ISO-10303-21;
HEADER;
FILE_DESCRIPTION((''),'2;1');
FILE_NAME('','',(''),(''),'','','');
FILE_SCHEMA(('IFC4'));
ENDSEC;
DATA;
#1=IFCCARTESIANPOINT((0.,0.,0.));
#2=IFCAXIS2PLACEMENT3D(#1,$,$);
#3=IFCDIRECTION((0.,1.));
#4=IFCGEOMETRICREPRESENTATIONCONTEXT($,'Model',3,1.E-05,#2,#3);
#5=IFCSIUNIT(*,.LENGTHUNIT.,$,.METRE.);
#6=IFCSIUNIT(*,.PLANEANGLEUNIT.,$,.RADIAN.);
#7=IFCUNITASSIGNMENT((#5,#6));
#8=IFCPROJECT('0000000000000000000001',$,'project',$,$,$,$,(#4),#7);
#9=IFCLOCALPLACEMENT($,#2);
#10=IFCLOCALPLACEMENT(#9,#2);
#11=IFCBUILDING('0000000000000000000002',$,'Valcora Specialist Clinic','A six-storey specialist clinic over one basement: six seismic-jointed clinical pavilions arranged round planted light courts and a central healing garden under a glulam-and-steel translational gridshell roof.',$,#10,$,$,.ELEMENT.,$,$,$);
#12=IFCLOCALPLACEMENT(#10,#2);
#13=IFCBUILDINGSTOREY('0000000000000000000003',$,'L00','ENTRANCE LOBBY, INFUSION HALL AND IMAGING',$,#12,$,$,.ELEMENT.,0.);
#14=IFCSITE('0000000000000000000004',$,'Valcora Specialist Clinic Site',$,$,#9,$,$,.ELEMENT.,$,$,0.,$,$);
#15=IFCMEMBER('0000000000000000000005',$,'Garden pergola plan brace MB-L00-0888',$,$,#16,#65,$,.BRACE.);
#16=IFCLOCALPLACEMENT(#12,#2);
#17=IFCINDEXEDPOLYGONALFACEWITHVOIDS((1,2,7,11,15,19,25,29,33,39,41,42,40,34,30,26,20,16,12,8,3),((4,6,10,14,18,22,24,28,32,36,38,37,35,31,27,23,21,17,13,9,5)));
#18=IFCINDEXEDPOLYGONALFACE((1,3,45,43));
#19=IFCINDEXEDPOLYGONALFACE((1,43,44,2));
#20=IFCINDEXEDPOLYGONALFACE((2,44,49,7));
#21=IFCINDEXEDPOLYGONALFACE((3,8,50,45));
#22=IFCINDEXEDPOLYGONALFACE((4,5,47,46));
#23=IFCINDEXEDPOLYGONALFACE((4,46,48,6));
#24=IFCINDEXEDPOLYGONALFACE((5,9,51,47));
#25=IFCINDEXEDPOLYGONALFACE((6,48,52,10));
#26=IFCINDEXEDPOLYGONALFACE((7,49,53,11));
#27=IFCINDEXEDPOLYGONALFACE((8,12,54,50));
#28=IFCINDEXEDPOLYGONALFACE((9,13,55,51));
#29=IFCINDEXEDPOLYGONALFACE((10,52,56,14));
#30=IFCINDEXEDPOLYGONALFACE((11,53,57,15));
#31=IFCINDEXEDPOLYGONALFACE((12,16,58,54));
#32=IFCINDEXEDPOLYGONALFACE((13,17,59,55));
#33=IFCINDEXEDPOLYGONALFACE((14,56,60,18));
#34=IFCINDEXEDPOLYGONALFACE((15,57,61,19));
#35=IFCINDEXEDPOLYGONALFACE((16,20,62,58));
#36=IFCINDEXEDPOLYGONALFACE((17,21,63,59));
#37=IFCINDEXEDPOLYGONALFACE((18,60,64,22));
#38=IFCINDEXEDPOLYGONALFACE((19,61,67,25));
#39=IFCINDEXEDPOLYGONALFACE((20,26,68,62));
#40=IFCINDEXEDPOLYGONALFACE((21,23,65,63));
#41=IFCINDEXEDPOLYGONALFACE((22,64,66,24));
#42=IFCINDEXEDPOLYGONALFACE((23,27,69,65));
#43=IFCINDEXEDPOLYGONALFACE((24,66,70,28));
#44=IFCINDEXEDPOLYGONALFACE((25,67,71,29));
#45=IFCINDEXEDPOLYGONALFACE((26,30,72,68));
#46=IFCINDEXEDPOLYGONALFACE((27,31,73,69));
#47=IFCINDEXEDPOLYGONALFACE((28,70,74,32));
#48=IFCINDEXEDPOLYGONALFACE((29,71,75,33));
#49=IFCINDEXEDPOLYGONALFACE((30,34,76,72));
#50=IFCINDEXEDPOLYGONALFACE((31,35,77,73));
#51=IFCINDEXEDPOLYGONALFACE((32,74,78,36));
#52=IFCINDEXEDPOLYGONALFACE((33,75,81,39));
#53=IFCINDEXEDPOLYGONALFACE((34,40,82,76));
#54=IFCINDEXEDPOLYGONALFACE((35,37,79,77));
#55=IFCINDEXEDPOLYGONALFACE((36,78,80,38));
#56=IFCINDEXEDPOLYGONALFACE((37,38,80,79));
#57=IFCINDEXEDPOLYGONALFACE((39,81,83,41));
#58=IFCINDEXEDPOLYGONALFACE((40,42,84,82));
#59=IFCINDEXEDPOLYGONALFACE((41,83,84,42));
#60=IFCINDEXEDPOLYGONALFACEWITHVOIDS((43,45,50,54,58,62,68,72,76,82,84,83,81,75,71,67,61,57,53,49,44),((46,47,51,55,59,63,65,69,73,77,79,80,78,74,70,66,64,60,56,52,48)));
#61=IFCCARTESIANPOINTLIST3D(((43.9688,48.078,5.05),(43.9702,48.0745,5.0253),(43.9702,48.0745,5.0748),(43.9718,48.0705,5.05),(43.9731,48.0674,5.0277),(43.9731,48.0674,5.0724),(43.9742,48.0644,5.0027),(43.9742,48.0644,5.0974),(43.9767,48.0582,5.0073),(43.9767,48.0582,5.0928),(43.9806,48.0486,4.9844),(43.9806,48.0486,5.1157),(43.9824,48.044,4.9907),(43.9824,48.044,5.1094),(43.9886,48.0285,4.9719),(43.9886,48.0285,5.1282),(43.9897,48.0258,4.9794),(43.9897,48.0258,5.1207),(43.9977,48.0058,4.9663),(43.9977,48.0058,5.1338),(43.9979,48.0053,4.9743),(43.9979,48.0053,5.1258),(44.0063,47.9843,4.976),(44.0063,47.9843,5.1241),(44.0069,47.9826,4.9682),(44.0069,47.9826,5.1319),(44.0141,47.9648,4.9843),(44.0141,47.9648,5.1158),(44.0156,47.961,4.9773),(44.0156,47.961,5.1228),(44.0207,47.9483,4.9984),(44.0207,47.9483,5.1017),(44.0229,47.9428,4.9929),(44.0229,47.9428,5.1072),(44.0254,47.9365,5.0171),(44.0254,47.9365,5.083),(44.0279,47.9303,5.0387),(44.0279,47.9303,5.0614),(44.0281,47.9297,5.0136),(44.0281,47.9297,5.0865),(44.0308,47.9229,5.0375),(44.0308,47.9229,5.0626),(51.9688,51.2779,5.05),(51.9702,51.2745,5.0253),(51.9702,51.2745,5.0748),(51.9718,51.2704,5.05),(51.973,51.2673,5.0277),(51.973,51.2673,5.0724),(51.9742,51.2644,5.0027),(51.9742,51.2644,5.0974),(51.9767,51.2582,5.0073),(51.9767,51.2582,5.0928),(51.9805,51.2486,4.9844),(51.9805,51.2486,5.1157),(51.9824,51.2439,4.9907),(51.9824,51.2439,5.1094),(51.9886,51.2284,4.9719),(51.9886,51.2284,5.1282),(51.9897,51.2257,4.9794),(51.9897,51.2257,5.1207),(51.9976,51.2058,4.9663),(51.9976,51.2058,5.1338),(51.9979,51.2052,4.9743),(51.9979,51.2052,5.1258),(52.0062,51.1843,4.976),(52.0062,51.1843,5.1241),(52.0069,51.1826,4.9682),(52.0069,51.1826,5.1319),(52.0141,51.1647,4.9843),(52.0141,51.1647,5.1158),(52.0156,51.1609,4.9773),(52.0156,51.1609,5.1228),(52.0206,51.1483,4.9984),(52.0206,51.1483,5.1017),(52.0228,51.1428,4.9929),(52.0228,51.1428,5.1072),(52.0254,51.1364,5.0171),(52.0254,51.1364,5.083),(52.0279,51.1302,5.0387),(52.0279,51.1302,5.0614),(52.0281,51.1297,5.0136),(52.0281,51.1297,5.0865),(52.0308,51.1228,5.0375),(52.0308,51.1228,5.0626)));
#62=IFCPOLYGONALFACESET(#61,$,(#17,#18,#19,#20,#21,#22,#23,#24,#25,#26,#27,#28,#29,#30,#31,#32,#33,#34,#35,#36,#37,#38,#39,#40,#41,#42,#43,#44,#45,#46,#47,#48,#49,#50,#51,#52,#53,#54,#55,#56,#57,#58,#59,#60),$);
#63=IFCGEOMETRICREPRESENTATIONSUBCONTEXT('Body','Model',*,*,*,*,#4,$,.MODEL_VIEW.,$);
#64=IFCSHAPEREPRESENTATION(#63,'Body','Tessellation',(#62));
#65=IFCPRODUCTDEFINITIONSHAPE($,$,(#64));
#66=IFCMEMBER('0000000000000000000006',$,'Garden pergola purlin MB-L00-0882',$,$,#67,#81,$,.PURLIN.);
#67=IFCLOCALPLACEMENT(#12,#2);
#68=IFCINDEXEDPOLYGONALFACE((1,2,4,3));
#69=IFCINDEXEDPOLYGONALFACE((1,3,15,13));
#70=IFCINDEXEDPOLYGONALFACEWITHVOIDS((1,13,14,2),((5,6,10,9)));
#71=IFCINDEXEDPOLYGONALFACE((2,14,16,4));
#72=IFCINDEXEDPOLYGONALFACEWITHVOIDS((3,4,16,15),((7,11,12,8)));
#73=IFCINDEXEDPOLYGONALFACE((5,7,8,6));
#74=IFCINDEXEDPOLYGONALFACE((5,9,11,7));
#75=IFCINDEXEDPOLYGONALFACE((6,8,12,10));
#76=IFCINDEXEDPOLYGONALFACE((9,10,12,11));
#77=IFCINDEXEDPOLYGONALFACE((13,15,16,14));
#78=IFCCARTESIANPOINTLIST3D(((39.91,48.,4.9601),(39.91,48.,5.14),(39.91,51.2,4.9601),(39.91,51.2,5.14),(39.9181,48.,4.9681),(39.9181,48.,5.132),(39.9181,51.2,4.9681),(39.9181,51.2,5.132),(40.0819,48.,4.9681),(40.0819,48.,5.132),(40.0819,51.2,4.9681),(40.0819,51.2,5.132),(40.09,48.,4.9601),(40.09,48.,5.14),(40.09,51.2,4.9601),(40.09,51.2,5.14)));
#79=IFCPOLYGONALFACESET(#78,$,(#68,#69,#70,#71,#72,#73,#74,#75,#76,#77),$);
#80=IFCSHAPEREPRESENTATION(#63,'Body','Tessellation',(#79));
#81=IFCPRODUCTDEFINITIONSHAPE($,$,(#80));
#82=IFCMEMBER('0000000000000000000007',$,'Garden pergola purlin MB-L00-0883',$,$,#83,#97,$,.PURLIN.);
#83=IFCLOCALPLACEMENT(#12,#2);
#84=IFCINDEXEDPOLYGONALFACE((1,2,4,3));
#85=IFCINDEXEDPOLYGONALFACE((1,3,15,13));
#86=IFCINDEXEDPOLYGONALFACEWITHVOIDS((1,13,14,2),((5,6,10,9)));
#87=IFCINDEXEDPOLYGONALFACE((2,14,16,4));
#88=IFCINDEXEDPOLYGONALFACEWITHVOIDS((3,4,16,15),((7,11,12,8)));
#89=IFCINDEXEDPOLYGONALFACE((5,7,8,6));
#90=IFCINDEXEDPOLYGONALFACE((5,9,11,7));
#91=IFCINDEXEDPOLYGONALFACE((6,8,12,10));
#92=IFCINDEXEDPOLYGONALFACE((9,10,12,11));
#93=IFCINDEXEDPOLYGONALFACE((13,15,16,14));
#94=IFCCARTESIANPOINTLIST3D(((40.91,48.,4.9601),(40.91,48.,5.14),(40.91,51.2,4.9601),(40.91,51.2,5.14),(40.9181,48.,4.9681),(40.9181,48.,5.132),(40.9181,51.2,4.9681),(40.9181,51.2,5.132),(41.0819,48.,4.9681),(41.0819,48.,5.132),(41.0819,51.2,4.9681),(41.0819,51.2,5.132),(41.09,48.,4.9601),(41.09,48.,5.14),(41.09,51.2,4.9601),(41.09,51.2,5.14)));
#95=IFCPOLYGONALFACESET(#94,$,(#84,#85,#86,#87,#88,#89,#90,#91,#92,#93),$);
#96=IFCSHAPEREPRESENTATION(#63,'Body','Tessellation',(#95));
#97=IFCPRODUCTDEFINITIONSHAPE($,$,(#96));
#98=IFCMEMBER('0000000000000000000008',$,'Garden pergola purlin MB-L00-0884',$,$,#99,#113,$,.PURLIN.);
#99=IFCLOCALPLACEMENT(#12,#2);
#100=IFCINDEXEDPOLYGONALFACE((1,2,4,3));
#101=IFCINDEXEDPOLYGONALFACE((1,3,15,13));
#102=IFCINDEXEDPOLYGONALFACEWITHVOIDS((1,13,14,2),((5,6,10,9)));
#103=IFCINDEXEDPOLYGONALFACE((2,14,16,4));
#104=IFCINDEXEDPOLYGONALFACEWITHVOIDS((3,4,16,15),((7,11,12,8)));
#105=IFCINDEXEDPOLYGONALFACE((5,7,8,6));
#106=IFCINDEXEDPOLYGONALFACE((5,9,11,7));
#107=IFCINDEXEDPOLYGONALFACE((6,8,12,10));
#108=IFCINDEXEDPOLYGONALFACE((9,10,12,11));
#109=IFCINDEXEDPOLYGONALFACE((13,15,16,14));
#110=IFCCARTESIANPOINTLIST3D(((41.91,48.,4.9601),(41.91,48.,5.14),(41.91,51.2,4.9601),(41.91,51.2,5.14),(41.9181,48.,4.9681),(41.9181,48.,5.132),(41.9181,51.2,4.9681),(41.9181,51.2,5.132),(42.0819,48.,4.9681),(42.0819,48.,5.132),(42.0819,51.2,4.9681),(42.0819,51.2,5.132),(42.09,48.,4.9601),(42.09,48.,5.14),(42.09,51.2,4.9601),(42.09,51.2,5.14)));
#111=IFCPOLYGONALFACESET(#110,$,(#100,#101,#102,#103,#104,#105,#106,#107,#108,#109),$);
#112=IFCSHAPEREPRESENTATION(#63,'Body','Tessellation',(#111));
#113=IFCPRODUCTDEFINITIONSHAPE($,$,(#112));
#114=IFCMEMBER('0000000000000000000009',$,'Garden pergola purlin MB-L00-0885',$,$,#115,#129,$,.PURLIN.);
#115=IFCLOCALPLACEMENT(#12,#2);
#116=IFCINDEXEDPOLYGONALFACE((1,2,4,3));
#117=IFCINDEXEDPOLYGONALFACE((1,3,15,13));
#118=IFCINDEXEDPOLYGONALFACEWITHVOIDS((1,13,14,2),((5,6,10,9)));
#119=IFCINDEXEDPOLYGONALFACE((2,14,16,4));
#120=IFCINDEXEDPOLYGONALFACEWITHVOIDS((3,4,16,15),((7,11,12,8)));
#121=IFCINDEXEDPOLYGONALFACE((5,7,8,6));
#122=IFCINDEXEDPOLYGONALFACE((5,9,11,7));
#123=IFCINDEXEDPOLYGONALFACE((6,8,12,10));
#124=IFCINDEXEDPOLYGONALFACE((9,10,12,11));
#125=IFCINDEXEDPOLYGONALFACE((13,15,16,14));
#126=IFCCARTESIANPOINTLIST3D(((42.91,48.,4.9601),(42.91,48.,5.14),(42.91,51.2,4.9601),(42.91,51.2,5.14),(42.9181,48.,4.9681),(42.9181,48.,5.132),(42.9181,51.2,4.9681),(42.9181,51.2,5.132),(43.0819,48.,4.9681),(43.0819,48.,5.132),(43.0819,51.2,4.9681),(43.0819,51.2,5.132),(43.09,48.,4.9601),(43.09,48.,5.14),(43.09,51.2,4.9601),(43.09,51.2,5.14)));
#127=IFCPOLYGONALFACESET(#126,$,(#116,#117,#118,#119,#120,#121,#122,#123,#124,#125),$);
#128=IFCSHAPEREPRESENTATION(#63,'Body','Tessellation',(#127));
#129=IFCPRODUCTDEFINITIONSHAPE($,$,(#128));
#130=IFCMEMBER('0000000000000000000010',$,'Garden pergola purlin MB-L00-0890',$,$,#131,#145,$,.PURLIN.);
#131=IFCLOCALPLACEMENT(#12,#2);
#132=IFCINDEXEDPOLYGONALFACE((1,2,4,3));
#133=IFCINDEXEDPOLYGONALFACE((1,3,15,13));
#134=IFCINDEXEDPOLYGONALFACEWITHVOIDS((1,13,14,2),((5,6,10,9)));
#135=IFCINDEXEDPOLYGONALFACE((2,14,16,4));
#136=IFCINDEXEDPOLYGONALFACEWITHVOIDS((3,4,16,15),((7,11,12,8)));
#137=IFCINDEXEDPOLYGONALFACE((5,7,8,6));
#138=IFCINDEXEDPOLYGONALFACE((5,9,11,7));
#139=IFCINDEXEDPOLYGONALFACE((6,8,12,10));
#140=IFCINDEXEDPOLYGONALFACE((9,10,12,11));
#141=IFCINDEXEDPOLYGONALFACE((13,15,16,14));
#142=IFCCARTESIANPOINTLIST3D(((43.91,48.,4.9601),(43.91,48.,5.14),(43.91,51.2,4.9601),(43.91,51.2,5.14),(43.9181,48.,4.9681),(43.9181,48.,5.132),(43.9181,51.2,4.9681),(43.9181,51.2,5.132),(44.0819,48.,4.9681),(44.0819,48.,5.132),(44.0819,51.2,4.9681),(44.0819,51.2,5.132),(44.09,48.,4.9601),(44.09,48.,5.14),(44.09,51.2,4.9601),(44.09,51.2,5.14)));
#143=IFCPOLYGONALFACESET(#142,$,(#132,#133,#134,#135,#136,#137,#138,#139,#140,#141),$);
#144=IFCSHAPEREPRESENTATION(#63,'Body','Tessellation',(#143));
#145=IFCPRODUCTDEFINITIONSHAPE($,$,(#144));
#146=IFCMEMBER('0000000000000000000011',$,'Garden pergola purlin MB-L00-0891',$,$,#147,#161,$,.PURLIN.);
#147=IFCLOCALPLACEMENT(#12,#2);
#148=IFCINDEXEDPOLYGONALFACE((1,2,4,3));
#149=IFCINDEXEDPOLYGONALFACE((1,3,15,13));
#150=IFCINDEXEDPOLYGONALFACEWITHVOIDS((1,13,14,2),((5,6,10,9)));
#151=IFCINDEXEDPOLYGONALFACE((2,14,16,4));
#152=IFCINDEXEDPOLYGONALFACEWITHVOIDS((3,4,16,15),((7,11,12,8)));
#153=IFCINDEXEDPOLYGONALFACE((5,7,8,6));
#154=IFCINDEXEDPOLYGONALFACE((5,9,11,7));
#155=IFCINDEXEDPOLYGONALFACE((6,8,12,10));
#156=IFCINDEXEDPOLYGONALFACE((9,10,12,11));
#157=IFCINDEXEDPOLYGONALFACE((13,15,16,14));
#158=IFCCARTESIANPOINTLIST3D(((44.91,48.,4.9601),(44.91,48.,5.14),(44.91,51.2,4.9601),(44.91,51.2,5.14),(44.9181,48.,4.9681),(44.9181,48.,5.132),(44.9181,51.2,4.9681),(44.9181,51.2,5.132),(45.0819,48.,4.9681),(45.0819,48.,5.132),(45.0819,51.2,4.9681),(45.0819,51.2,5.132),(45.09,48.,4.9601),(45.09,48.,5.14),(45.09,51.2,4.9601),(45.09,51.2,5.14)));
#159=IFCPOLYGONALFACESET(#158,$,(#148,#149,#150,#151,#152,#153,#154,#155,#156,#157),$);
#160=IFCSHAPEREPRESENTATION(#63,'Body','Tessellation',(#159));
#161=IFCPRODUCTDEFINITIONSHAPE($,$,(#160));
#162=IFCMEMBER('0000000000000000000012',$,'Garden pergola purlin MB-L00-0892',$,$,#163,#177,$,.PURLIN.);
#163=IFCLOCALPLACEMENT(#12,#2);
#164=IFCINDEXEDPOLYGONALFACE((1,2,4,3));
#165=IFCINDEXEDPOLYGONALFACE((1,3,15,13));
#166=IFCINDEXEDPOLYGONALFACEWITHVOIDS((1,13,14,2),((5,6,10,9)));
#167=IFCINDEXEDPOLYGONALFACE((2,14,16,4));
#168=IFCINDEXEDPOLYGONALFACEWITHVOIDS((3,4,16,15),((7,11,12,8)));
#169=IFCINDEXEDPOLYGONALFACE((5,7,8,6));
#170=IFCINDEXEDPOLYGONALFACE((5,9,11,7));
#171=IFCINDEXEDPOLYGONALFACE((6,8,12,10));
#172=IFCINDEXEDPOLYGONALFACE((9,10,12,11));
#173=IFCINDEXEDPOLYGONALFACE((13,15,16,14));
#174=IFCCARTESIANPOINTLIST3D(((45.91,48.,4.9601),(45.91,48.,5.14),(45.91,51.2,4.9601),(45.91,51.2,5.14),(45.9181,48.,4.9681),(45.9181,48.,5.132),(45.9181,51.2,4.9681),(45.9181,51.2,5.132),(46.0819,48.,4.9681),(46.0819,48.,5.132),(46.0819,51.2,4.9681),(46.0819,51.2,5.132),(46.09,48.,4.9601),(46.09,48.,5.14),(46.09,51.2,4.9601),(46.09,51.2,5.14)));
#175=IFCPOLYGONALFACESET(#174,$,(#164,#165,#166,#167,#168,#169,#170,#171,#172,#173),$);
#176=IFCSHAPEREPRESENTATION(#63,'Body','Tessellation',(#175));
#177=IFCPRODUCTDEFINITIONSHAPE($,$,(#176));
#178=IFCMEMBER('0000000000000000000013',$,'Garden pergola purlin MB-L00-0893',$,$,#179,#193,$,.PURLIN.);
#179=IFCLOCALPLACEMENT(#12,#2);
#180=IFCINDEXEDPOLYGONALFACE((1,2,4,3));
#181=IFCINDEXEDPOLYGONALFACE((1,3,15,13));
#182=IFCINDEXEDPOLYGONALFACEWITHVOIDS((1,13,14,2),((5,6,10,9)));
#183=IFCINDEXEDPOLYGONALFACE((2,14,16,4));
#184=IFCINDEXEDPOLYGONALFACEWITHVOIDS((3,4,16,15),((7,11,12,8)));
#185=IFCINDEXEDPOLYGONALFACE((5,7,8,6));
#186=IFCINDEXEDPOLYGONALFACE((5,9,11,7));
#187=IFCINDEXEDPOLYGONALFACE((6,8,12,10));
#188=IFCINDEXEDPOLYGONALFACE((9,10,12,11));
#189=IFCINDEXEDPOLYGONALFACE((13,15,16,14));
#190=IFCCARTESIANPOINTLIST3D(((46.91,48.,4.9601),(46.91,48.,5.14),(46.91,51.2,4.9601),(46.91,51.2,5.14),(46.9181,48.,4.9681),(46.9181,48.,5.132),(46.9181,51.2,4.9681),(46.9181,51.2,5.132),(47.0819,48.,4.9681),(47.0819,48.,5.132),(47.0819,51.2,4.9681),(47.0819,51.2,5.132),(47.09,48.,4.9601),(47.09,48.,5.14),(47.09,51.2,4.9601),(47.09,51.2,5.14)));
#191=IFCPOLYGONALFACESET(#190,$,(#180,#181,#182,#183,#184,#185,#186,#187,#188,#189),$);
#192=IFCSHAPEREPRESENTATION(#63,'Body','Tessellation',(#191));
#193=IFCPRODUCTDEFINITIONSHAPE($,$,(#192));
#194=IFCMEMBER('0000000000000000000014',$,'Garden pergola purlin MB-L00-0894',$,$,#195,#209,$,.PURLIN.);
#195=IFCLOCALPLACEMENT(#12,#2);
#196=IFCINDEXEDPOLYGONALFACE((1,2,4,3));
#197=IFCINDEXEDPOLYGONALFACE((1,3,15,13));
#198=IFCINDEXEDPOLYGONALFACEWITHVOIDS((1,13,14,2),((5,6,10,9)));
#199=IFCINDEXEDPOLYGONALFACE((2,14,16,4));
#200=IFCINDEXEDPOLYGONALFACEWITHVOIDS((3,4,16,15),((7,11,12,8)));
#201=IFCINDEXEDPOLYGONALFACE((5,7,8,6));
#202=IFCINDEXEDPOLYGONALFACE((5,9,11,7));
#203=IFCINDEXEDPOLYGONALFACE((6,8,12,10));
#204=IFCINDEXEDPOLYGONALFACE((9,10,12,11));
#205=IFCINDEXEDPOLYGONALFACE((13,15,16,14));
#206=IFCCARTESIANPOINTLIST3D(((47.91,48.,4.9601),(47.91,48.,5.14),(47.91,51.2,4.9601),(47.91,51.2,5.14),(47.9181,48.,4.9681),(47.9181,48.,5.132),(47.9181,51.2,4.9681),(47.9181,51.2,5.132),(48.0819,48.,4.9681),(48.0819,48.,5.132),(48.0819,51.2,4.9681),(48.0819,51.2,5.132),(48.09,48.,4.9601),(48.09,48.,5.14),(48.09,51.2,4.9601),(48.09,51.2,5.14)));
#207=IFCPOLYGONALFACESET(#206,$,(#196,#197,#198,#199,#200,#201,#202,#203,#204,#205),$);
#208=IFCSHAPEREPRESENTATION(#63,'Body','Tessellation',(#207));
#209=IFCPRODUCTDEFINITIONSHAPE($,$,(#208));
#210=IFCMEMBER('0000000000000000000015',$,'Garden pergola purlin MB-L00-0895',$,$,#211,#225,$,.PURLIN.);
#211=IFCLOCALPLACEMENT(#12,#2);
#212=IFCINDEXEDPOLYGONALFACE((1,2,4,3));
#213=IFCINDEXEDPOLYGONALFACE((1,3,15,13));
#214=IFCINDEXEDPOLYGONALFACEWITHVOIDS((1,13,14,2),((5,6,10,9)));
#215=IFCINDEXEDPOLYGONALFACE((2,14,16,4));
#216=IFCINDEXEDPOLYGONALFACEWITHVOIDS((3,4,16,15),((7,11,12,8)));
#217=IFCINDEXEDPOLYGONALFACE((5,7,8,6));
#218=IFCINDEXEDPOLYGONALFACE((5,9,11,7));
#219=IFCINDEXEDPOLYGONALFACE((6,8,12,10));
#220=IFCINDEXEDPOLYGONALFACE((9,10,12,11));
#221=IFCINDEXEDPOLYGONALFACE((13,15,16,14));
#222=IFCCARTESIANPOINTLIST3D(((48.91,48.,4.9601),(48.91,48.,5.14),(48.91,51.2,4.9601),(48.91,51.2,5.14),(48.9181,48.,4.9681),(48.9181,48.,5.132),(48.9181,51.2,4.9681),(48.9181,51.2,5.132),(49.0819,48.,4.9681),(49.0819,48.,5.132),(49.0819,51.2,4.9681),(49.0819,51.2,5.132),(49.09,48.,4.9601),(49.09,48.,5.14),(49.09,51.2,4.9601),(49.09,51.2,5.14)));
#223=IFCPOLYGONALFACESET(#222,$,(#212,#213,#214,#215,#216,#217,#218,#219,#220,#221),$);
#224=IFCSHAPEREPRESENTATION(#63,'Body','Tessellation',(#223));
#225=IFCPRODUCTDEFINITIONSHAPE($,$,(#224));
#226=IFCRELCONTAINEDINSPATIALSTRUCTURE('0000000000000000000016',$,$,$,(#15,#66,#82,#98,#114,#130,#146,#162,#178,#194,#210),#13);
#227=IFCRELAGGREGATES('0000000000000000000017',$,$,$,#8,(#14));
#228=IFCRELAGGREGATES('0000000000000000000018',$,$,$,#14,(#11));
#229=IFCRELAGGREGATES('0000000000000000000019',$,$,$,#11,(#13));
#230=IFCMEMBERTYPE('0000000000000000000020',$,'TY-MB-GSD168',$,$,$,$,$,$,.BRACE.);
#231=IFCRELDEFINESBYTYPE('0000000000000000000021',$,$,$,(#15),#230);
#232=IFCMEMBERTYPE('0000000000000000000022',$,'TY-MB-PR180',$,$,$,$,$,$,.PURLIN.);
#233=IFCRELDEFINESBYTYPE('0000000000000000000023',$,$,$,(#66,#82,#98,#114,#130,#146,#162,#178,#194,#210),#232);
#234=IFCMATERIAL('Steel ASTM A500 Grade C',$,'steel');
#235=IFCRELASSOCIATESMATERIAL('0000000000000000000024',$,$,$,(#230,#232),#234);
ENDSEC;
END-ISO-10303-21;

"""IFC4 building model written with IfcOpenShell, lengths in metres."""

from ifc_helpers import new_model, si_unit, direction, frame, origin, origin_2d, place, context, subcontext, project, spatial, hollow_rectangle, hollow_circle, extrude, material, material_profile, profile_set, type_object, element, save


model = new_model("IFC4")

# Units and contexts
model_context = context("Model", 3, precision=1e-05, world=origin(), true_north=direction((0.0, 1.0)))
body_context = subcontext(model_context, "Body", "Model", "MODEL_VIEW")
ifc_project = project(units=[si_unit("LENGTHUNIT", "METRE"), si_unit("PLANEANGLEUNIT", "RADIAN")], contexts=[model_context])

# Site, building, storey
site_placement = place(None, origin())
site = spatial("IfcSite", under=ifc_project, at=site_placement, Name="Valcora Specialist Clinic Site", CompositionType="ELEMENT", RefElevation=0.0)
building_placement = place(site_placement, origin())
building = spatial("IfcBuilding", under=site, at=building_placement, Name="Valcora Specialist Clinic", Description="A six-storey specialist clinic over one basement: six seismic-jointed clinical pavilions arranged round planted light courts and a central healing garden under a glulam-and-steel translational gridshell roof.", CompositionType="ELEMENT")
storey_placement = place(building_placement, origin())
storey = spatial("IfcBuildingStorey", under=building, at=storey_placement, Name="L00", Description="ENTRANCE LOBBY, INFUSION HALL AND IMAGING", CompositionType="ELEMENT", Elevation=0.0)

# Members
ifc_material_1 = material(Name="Steel ASTM A500 Grade C", Category="steel")
ifc_material_profile_1 = material_profile(ifc_material_1, hollow_circle(Radius=0.084, WallThickness=0.0081, at=origin_2d()), Name="ST-CHS-168X8")
ifc_profile_set_1 = profile_set([ifc_material_profile_1], Name="Steel ASTM A500 Grade C")
member_type_1 = type_object("IfcMemberType", Name="TY-MB-GSD168", PredefinedType="BRACE", material=ifc_profile_set_1)
member_1_placement = place(storey_placement, frame((44.0, 48.0, 5.05), z_axis=(0.928479, 0.371386, 0.0), x_axis=(-0.371386, 0.928479, 0.0)))
element("IfcMember", 1, at=member_1_placement, inside=storey, type_object=member_type_1, Name="Garden pergola plan brace MB-L00-0888", PredefinedType="BRACE", context=body_context, shape_type="SweptSolid", body=[
    extrude(hollow_circle(Radius=0.084, WallThickness=0.0081, at=origin_2d()), origin(), (0.0, 0.0, 1.0), 8.6162),
])
ifc_material_profile_2 = material_profile(ifc_material_1, hollow_rectangle(XDim=0.1799, YDim=0.1799, WallThickness=0.0081, at=origin_2d()), Name="ST-RHS-180X180X8")
ifc_profile_set_2 = profile_set([ifc_material_profile_2], Name="Steel ASTM A500 Grade C")
member_type_2 = type_object("IfcMemberType", Name="TY-MB-PR180", PredefinedType="PURLIN", material=ifc_profile_set_2)
for number, where, z_axis, x_axis, name in (
    (2, (40.0, 48.0, 5.05), (0.0, 1.0, 0.0), (-1.0, 0.0, 0.0), "Garden pergola purlin MB-L00-0882"),
    (3, (41.0, 48.0, 5.05), (0.0, 1.0, 0.0), (-1.0, 0.0, 0.0), "Garden pergola purlin MB-L00-0883"),
    (4, (42.0, 48.0, 5.05), (0.0, 1.0, 0.0), (-1.0, 0.0, 0.0), "Garden pergola purlin MB-L00-0884"),
    (5, (43.0, 48.0, 5.05), (0.0, 1.0, 0.0), (-1.0, 0.0, 0.0), "Garden pergola purlin MB-L00-0885"),
    (6, (44.0, 48.0, 5.05), (0.0, 1.0, 0.0), (-1.0, 0.0, 0.0), "Garden pergola purlin MB-L00-0890"),
    (7, (45.0, 48.0, 5.05), (0.0, 1.0, 0.0), (-1.0, 0.0, 0.0), "Garden pergola purlin MB-L00-0891"),
    (8, (46.0, 48.0, 5.05), (0.0, 1.0, 0.0), (-1.0, 0.0, 0.0), "Garden pergola purlin MB-L00-0892"),
    (9, (47.0, 48.0, 5.05), (0.0, 1.0, 0.0), (-1.0, 0.0, 0.0), "Garden pergola purlin MB-L00-0893"),
    (10, (48.0, 48.0, 5.05), (0.0, 1.0, 0.0), (-1.0, 0.0, 0.0), "Garden pergola purlin MB-L00-0894"),
    (11, (49.0, 48.0, 5.05), (0.0, 1.0, 0.0), (-1.0, 0.0, 0.0), "Garden pergola purlin MB-L00-0895"),
):
    element("IfcMember", number, at=place(storey_placement, frame(where, z_axis=z_axis, x_axis=x_axis)), inside=storey, type_object=member_type_2, Name=name, PredefinedType="PURLIN", context=body_context, shape_type="SweptSolid", body=[
        extrude(hollow_rectangle(XDim=0.1799, YDim=0.1799, WallThickness=0.0081, at=origin_2d()), origin(), (0.0, 0.0, 1.0), 3.2),
    ])

save(model, "model.ifc")
